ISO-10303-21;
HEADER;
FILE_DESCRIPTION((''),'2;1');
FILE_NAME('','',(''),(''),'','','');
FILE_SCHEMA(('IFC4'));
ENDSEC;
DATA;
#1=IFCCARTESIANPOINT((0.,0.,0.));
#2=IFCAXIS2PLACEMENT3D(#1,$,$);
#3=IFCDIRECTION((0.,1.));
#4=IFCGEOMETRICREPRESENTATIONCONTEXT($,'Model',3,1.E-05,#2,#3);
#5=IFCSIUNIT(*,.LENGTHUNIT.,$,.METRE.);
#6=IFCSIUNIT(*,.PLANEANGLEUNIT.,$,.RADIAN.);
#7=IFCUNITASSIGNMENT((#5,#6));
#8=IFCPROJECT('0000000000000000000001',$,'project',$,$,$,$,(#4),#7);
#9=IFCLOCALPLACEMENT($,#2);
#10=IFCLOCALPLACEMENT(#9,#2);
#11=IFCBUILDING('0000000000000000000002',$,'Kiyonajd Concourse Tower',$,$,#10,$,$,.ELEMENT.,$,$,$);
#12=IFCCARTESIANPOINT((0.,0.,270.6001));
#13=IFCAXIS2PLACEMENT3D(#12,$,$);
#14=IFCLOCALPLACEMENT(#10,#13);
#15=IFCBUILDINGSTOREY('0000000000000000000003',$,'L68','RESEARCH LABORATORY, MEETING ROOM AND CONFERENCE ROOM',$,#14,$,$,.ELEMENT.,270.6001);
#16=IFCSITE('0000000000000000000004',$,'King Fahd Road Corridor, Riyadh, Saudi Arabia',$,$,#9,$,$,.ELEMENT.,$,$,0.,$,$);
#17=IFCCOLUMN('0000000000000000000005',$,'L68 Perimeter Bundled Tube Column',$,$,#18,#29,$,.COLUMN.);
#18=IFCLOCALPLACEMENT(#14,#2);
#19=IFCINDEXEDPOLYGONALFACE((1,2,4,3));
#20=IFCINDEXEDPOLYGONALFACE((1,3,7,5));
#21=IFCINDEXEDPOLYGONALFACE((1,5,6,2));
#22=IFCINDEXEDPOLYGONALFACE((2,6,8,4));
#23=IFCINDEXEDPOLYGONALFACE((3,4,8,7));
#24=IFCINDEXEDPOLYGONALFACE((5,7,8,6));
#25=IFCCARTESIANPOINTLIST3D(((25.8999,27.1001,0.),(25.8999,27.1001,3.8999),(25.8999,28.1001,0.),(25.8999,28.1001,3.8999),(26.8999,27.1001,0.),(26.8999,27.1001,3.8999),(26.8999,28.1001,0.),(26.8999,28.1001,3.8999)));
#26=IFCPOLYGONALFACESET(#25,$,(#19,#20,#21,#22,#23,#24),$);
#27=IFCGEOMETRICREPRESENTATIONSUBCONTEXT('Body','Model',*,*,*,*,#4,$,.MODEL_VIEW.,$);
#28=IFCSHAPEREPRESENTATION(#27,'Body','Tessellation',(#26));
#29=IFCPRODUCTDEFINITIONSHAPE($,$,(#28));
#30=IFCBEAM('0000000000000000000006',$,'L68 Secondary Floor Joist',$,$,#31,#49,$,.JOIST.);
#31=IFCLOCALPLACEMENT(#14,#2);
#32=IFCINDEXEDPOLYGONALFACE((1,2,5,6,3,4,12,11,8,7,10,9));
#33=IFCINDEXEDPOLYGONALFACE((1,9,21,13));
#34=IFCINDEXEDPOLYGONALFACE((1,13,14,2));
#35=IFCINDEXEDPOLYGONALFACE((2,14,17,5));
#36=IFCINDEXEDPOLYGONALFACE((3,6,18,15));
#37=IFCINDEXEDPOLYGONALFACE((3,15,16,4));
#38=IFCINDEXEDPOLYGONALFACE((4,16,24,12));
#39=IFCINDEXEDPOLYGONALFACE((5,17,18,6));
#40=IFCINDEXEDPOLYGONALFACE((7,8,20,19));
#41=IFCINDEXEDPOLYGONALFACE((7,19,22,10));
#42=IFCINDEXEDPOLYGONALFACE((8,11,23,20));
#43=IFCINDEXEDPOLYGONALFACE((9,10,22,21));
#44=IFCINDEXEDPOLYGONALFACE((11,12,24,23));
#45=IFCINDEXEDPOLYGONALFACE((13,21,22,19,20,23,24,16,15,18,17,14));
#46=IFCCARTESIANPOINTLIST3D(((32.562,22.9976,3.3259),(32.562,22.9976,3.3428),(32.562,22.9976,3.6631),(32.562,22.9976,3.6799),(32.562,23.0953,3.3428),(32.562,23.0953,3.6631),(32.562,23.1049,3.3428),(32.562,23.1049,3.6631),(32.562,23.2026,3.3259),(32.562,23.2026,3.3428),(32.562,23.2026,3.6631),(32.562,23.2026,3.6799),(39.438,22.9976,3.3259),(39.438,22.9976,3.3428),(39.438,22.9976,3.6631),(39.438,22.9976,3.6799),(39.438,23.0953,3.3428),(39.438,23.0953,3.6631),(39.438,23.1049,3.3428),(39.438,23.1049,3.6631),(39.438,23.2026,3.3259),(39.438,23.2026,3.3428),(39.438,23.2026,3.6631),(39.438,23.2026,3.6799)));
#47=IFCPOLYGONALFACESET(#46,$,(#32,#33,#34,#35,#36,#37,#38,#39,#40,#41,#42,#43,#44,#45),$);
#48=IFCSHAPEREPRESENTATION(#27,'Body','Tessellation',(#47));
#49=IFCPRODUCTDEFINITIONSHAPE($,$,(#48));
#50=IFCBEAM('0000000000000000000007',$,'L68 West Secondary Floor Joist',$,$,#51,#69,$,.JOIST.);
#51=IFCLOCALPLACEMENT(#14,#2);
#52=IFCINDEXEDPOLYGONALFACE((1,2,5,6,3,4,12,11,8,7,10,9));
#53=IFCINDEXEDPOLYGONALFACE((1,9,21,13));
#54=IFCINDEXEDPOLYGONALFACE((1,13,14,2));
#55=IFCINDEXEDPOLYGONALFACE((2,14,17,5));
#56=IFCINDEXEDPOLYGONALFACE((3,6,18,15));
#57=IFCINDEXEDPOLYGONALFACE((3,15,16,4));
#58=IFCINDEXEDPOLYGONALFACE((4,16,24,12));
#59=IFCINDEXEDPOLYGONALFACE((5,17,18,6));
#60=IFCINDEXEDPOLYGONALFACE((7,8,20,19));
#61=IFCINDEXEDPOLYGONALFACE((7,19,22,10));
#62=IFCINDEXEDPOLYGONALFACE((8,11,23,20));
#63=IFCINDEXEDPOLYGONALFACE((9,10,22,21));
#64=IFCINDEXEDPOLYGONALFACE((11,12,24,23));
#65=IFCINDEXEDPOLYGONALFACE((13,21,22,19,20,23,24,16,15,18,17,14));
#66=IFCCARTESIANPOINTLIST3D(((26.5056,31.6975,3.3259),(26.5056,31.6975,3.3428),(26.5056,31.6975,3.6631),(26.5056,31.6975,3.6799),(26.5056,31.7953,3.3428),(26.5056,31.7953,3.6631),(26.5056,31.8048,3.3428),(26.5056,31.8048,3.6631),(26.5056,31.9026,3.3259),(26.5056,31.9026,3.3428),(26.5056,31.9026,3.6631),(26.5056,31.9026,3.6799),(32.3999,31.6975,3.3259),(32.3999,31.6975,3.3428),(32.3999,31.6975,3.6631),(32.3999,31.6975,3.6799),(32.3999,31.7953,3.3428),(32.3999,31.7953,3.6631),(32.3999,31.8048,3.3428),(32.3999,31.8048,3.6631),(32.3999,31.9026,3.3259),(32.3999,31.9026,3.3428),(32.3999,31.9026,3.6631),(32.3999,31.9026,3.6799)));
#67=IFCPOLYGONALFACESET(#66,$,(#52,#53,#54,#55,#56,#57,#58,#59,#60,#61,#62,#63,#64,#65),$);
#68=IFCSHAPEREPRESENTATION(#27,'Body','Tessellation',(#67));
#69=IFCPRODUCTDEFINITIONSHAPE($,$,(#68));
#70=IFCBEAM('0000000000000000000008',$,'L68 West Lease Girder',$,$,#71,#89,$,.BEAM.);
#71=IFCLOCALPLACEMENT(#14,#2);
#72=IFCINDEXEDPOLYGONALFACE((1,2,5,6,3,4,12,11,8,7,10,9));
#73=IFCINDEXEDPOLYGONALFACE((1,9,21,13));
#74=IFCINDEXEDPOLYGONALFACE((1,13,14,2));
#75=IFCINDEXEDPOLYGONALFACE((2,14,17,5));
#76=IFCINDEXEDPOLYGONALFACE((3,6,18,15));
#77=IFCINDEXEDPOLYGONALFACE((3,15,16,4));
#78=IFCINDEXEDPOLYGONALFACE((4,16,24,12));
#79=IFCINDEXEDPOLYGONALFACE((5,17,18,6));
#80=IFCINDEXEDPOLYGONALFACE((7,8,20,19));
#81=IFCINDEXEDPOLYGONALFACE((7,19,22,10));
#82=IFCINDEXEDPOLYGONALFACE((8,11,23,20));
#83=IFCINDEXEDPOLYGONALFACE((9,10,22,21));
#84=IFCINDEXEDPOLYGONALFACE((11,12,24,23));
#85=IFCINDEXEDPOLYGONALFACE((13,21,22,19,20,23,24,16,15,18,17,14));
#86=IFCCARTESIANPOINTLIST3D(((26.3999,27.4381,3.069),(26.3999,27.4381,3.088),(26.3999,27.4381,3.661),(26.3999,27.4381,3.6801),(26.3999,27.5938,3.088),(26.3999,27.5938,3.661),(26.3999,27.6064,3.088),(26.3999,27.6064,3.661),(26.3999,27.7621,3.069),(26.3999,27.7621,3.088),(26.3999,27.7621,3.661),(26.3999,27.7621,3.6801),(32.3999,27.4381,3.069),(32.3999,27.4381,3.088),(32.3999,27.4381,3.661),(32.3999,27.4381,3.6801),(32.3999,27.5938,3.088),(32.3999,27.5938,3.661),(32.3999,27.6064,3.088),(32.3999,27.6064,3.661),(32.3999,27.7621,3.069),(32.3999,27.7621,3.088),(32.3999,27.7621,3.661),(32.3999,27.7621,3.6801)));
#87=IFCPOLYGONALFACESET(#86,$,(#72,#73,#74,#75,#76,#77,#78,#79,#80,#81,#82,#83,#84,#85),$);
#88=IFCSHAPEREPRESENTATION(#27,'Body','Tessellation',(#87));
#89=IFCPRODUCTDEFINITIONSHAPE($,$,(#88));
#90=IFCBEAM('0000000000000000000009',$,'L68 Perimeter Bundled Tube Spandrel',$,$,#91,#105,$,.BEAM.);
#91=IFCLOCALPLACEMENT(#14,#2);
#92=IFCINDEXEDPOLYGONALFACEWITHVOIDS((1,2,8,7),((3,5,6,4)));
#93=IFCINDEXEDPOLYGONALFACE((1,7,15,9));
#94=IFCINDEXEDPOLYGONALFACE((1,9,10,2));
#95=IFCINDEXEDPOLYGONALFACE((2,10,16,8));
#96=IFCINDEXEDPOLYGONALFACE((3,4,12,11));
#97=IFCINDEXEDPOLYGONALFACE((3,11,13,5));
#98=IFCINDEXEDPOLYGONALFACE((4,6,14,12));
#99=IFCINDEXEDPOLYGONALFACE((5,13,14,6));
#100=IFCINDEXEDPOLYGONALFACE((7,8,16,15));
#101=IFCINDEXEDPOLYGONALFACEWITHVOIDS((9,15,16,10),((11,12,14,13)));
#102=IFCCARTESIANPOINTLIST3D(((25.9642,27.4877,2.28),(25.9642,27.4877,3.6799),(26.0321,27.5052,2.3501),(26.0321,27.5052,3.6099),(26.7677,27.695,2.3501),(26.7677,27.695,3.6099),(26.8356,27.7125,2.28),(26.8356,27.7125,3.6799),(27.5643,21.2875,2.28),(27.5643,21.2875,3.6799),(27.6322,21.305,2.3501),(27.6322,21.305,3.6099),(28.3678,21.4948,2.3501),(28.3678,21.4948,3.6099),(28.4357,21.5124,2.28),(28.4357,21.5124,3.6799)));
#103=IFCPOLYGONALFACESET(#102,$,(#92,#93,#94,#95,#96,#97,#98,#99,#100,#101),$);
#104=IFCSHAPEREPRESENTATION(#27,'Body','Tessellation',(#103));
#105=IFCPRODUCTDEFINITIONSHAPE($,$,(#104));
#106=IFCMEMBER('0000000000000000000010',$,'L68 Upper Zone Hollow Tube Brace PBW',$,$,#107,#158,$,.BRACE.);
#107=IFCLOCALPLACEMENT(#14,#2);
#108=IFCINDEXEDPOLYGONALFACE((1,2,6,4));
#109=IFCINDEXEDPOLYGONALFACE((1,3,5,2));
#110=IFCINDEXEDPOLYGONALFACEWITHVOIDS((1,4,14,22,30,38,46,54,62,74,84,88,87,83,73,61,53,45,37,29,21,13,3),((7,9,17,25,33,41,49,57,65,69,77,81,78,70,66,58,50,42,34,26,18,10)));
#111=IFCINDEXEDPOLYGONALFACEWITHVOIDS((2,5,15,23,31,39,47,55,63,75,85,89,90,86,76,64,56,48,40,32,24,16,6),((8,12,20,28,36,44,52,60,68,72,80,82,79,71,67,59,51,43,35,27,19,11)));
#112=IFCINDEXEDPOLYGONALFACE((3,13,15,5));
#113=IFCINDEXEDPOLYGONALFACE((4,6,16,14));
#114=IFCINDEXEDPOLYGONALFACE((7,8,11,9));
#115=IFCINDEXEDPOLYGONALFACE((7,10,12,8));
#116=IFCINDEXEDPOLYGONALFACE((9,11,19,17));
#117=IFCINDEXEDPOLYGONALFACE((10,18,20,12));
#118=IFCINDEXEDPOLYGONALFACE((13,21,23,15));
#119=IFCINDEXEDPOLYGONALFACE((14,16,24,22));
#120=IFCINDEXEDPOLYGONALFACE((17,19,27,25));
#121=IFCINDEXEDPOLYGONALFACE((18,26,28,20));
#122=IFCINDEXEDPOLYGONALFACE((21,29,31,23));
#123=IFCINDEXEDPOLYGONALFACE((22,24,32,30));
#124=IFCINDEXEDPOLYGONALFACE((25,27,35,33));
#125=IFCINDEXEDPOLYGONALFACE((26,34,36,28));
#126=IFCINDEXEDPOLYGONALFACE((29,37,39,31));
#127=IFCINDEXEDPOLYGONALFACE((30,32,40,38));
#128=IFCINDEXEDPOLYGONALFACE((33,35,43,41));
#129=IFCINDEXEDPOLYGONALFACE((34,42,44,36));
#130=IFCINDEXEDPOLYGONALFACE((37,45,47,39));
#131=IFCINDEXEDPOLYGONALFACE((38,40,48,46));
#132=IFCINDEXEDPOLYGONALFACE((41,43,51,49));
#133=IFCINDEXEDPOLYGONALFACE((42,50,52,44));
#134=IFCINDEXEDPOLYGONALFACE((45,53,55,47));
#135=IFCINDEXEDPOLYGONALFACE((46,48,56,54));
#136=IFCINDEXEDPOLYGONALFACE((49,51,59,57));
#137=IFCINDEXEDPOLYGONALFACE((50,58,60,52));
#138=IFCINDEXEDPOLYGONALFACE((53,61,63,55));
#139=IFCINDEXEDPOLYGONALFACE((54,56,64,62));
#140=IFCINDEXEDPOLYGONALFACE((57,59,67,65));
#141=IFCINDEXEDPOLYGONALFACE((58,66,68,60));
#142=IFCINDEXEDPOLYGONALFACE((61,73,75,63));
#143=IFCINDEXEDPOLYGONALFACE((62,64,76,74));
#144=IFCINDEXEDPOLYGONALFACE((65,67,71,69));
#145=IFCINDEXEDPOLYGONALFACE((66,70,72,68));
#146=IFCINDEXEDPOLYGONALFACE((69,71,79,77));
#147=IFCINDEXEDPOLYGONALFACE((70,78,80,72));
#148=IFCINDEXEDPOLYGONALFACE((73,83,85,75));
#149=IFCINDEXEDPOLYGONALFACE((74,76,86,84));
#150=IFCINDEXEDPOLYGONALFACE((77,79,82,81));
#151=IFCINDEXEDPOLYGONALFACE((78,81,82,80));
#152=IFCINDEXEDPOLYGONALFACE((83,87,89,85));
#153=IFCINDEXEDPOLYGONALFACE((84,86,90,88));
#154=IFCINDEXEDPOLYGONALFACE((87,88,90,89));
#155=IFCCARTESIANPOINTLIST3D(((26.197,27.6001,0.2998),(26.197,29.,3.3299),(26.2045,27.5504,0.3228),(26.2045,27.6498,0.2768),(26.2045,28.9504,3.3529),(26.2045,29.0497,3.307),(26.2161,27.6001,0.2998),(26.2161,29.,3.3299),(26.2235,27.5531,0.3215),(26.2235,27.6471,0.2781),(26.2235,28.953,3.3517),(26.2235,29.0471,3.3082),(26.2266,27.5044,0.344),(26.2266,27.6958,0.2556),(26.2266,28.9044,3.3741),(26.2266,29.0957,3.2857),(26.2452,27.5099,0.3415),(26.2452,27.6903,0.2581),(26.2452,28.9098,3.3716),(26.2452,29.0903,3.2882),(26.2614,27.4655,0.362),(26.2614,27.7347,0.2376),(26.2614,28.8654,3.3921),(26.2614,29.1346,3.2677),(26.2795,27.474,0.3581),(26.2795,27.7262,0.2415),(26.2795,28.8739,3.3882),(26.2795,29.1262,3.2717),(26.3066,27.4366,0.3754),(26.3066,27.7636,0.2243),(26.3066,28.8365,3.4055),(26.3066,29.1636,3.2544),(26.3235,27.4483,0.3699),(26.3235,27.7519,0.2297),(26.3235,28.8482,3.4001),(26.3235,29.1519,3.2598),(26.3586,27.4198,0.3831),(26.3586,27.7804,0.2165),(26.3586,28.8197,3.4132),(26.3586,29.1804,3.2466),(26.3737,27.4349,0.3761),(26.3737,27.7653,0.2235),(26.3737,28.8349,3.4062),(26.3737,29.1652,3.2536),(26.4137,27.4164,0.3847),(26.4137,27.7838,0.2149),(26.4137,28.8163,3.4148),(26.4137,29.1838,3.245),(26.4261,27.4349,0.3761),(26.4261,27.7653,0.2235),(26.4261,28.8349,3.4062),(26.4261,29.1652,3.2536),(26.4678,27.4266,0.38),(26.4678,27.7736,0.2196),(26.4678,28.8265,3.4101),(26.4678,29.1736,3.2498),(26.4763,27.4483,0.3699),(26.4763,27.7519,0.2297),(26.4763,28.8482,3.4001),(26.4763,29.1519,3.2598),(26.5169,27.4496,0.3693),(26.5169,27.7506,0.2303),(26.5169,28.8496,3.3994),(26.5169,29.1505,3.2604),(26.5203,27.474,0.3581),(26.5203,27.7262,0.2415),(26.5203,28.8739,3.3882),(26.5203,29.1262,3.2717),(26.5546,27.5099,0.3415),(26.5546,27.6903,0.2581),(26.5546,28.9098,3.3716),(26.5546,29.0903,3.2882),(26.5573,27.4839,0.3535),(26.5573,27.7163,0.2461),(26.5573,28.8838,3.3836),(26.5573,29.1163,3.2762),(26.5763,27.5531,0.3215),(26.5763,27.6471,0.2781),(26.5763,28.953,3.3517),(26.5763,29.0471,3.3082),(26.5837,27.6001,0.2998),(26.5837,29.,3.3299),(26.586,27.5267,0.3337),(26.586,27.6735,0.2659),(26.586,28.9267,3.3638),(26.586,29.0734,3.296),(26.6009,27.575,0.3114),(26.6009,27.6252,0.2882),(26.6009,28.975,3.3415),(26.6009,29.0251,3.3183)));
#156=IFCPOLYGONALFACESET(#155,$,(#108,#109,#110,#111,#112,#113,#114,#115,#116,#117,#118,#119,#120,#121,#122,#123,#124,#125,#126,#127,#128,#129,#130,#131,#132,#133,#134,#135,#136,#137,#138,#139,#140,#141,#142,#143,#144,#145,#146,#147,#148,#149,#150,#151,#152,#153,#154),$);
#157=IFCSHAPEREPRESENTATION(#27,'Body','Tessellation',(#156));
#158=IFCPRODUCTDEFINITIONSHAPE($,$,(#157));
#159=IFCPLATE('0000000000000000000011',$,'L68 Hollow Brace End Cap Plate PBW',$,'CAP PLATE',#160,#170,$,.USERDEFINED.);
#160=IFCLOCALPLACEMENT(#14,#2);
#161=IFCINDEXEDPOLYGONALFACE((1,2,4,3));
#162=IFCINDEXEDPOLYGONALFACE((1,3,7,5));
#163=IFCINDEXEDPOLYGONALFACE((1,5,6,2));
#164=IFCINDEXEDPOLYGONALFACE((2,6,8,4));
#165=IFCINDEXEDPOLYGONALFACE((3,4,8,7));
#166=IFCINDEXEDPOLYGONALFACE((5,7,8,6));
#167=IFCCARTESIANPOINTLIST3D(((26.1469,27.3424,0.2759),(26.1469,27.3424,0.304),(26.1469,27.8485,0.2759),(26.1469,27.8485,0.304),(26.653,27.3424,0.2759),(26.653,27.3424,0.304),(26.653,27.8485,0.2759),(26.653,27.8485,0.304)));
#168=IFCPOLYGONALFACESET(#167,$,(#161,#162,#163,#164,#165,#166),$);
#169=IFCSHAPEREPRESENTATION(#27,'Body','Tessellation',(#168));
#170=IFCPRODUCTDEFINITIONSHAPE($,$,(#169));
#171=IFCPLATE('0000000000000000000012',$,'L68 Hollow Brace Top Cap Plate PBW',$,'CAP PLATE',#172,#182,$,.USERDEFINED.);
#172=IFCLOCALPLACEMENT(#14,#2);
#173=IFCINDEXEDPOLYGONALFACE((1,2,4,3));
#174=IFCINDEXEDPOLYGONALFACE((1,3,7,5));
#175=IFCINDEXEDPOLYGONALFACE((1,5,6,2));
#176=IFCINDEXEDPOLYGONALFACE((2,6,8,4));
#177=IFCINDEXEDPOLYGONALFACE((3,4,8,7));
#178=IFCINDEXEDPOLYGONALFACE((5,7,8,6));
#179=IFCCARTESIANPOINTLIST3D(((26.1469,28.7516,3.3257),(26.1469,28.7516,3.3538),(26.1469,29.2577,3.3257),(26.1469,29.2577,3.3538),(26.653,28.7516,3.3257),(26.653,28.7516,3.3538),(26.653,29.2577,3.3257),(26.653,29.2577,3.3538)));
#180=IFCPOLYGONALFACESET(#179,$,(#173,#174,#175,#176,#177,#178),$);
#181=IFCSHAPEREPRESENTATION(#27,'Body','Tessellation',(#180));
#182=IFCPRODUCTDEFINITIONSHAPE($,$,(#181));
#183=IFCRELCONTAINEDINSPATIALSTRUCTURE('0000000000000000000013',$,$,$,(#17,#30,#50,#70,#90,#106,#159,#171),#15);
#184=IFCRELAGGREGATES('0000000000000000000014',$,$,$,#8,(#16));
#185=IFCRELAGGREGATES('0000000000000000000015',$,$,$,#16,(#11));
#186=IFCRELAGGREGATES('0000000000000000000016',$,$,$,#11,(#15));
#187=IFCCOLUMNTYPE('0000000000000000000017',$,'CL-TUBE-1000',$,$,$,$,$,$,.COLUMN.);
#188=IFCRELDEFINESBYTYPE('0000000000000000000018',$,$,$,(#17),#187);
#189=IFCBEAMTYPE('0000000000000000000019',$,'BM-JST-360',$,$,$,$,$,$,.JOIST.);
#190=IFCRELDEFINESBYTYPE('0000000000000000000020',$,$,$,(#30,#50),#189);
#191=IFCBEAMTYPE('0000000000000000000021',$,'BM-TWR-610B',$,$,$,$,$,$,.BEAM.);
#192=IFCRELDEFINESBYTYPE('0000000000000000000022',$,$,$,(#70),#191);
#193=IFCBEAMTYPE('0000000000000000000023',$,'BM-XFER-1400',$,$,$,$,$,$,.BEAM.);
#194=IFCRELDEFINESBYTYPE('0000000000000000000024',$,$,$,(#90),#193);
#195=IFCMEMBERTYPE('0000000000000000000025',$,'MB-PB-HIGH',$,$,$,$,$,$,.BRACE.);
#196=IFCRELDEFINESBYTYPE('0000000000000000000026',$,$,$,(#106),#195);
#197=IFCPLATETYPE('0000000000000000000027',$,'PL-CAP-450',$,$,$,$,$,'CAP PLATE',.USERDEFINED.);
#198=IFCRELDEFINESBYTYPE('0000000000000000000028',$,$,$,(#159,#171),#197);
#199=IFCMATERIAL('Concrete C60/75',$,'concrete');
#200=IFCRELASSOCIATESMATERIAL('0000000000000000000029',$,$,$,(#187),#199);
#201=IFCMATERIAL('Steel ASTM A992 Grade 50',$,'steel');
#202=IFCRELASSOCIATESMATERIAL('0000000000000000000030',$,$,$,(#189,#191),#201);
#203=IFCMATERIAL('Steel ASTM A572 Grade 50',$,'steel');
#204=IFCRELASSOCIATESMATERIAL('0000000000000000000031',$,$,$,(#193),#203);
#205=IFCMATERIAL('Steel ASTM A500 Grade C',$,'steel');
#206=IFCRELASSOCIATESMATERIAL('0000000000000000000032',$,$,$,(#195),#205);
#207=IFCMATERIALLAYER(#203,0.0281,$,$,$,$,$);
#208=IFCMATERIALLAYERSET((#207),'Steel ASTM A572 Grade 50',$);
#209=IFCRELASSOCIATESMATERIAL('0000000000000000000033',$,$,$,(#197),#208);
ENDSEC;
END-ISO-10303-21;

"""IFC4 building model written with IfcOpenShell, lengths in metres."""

from ifc_helpers import new_model, si_unit, direction, frame, origin, origin_2d, place, context, subcontext, project, spatial, rectangle, hollow_rectangle, hollow_circle, i_section, extrude, material, layer, layer_set, material_profile, profile_set, type_object, element, save


model = new_model("IFC4")

# Units and contexts
model_context = context("Model", 3, precision=1e-05, world=origin(), true_north=direction((0.0, 1.0)))
body_context = subcontext(model_context, "Body", "Model", "MODEL_VIEW")
ifc_project = project(units=[si_unit("LENGTHUNIT", "METRE"), si_unit("PLANEANGLEUNIT", "RADIAN")], contexts=[model_context])

# Site, building, storey
site_placement = place(None, origin())
site = spatial("IfcSite", under=ifc_project, at=site_placement, Name="King Fahd Road Corridor, Riyadh, Saudi Arabia", CompositionType="ELEMENT", RefElevation=0.0)
building_placement = place(site_placement, origin())
building = spatial("IfcBuilding", under=site, at=building_placement, Name="Kiyonajd Concourse Tower", CompositionType="ELEMENT")
storey_placement = place(building_placement, frame((0.0, 0.0, 270.6001)))
storey = spatial("IfcBuildingStorey", under=building, at=storey_placement, Name="L68", Description="RESEARCH LABORATORY, MEETING ROOM AND CONFERENCE ROOM", CompositionType="ELEMENT", Elevation=270.6001)

# Column
ifc_material_1 = material(Name="Concrete C60/75", Category="concrete")
ifc_material_profile_1 = material_profile(ifc_material_1, rectangle(XDim=1.0, YDim=1.0, at=origin_2d()), Name="RC-1000x1000")
ifc_profile_set_1 = profile_set([ifc_material_profile_1], Name="Concrete C60/75")
column_type = type_object("IfcColumnType", Name="CL-TUBE-1000", PredefinedType="COLUMN", material=ifc_profile_set_1)
column_placement = place(storey_placement, frame((26.3999, 27.6001, 0.0), z_axis=(0.0, 0.0, 1.0), x_axis=(1.0, 0.0, 0.0)))
element("IfcColumn", 1, at=column_placement, inside=storey, type_object=column_type, Name="L68 Perimeter Bundled Tube Column", PredefinedType="COLUMN", context=body_context, shape_type="SweptSolid", body=[
    extrude(rectangle(XDim=1.0, YDim=1.0, at=origin_2d()), origin(), (0.0, 0.0, 1.0), 3.8999),
])

# Beams
ifc_material_2 = material(Name="Steel ASTM A992 Grade 50", Category="steel")
ifc_material_profile_2 = material_profile(ifc_material_2, i_section(OverallWidth=0.2051, OverallDepth=0.354, WebThickness=0.0095, FlangeThickness=0.0168, at=origin_2d()), Name="W360X79")
ifc_profile_set_2 = profile_set([ifc_material_profile_2], Name="Steel ASTM A992 Grade 50")
beam_type_1 = type_object("IfcBeamType", Name="BM-JST-360", PredefinedType="JOIST", material=ifc_profile_set_2)
beam_1_placement = place(storey_placement, frame((32.562, 23.1001, 3.5029), z_axis=(1.0, 0.0, 0.0), x_axis=(0.0, 1.0, 0.0)))
element("IfcBeam", 2, at=beam_1_placement, inside=storey, type_object=beam_type_1, Name="L68 Secondary Floor Joist", PredefinedType="JOIST", context=body_context, shape_type="SweptSolid", body=[
    extrude(i_section(OverallWidth=0.2051, OverallDepth=0.354, WebThickness=0.0095, FlangeThickness=0.0168, at=origin_2d()), origin(), (0.0, 0.0, 1.0), 6.876),
])
beam_2_placement = place(storey_placement, frame((26.5056, 31.8, 3.5029), z_axis=(1.0, 0.0, 0.0), x_axis=(0.0, 1.0, 0.0)))
element("IfcBeam", 3, at=beam_2_placement, inside=storey, type_object=beam_type_1, Name="L68 West Secondary Floor Joist", PredefinedType="JOIST", context=body_context, shape_type="SweptSolid", body=[
    extrude(i_section(OverallWidth=0.2051, OverallDepth=0.354, WebThickness=0.0095, FlangeThickness=0.0168, at=origin_2d()), origin(), (0.0, 0.0, 1.0), 5.8943),
])
ifc_material_profile_3 = material_profile(ifc_material_2, i_section(OverallWidth=0.324, OverallDepth=0.6111, WebThickness=0.0127, FlangeThickness=0.019, at=origin_2d()), Name="W610X155")
ifc_profile_set_3 = profile_set([ifc_material_profile_3], Name="Steel ASTM A992 Grade 50")
beam_type_2 = type_object("IfcBeamType", Name="BM-TWR-610B", PredefinedType="BEAM", material=ifc_profile_set_3)
beam_3_placement = place(storey_placement, frame((26.3999, 27.6001, 3.3745), z_axis=(1.0, 0.0, 0.0), x_axis=(0.0, 1.0, 0.0)))
element("IfcBeam", 4, at=beam_3_placement, inside=storey, type_object=beam_type_2, Name="L68 West Lease Girder", PredefinedType="BEAM", context=body_context, shape_type="SweptSolid", body=[
    extrude(i_section(OverallWidth=0.324, OverallDepth=0.6111, WebThickness=0.0127, FlangeThickness=0.019, at=origin_2d()), origin(), (0.0, 0.0, 1.0), 6.0),
])
ifc_material_3 = material(Name="Steel ASTM A572 Grade 50", Category="steel")
ifc_material_profile_4 = material_profile(ifc_material_3, hollow_rectangle(XDim=0.8999, YDim=1.3999, WallThickness=0.0701, at=origin_2d()), Name="BOX-1400x900x70")
ifc_profile_set_4 = profile_set([ifc_material_profile_4], Name="Steel ASTM A572 Grade 50")
beam_type_3 = type_object("IfcBeamType", Name="BM-XFER-1400", PredefinedType="BEAM", material=ifc_profile_set_4)
beam_4_placement = place(storey_placement, frame((26.3999, 27.6001, 2.98), z_axis=(0.249885, -0.968276, 0.0), x_axis=(0.968276, 0.249885, 0.0)))
element("IfcBeam", 5, at=beam_4_placement, inside=storey, type_object=beam_type_3, Name="L68 Perimeter Bundled Tube Spandrel", PredefinedType="BEAM", context=body_context, shape_type="SweptSolid", body=[
    extrude(hollow_rectangle(XDim=0.8999, YDim=1.3999, WallThickness=0.0701, at=origin_2d()), origin(), (0.0, 0.0, 1.0), 6.4033),
])

# Member
ifc_material_4 = material(Name="Steel ASTM A500 Grade C", Category="steel")
ifc_material_profile_5 = material_profile(ifc_material_4, hollow_circle(Radius=0.2029, WallThickness=0.019, at=origin_2d()), Name="CHS-406x19")
ifc_profile_set_5 = profile_set([ifc_material_profile_5], Name="Steel ASTM A500 Grade C")
member_type = type_object("IfcMemberType", Name="MB-PB-HIGH", PredefinedType="BRACE", material=ifc_profile_set_5)
member_placement = place(storey_placement, frame((26.3999, 27.6001, 0.2998), z_axis=(0.0, 0.419411, 0.907797), x_axis=(-1.0, 0.0, 0.0)))
element("IfcMember", 6, at=member_placement, inside=storey, type_object=member_type, Name="L68 Upper Zone Hollow Tube Brace PBW", PredefinedType="BRACE", context=body_context, shape_type="SweptSolid", body=[
    extrude(hollow_circle(Radius=0.2029, WallThickness=0.019, at=origin_2d()), origin(), (0.0, 0.0, 1.0), 3.3379),
])

# Plates
ifc_layer_1 = layer(ifc_material_3, 0.0281)
ifc_layer_set_1 = layer_set([ifc_layer_1], Name="Steel ASTM A572 Grade 50")
plate_type_1 = type_object("IfcPlateType", Name="PL-CAP-450", ElementType="CAP PLATE", PredefinedType="USERDEFINED", material=ifc_layer_set_1)
for number, where, z_axis, x_axis, name in (
    (7, (26.3999, 27.5955, 0.2759), (0.0, 0.0, 1.0), (1.0, 0.0, 0.0), "L68 Hollow Brace End Cap Plate PBW"),
    (8, (26.3999, 29.0046, 3.3257), (0.0, 0.0, 1.0), (1.0, 0.0, 0.0), "L68 Hollow Brace Top Cap Plate PBW"),
):
    element("IfcPlate", number, at=place(storey_placement, frame(where, z_axis=z_axis, x_axis=x_axis)), inside=storey, type_object=plate_type_1, Name=name, ObjectType="CAP PLATE", PredefinedType="USERDEFINED", context=body_context, shape_type="SweptSolid", body=[
        extrude(rectangle(XDim=0.5061, YDim=0.5061, at=origin_2d()), origin(), (0.0, 0.0, 1.0), 0.0281),
    ])

save(model, "model.ifc")
